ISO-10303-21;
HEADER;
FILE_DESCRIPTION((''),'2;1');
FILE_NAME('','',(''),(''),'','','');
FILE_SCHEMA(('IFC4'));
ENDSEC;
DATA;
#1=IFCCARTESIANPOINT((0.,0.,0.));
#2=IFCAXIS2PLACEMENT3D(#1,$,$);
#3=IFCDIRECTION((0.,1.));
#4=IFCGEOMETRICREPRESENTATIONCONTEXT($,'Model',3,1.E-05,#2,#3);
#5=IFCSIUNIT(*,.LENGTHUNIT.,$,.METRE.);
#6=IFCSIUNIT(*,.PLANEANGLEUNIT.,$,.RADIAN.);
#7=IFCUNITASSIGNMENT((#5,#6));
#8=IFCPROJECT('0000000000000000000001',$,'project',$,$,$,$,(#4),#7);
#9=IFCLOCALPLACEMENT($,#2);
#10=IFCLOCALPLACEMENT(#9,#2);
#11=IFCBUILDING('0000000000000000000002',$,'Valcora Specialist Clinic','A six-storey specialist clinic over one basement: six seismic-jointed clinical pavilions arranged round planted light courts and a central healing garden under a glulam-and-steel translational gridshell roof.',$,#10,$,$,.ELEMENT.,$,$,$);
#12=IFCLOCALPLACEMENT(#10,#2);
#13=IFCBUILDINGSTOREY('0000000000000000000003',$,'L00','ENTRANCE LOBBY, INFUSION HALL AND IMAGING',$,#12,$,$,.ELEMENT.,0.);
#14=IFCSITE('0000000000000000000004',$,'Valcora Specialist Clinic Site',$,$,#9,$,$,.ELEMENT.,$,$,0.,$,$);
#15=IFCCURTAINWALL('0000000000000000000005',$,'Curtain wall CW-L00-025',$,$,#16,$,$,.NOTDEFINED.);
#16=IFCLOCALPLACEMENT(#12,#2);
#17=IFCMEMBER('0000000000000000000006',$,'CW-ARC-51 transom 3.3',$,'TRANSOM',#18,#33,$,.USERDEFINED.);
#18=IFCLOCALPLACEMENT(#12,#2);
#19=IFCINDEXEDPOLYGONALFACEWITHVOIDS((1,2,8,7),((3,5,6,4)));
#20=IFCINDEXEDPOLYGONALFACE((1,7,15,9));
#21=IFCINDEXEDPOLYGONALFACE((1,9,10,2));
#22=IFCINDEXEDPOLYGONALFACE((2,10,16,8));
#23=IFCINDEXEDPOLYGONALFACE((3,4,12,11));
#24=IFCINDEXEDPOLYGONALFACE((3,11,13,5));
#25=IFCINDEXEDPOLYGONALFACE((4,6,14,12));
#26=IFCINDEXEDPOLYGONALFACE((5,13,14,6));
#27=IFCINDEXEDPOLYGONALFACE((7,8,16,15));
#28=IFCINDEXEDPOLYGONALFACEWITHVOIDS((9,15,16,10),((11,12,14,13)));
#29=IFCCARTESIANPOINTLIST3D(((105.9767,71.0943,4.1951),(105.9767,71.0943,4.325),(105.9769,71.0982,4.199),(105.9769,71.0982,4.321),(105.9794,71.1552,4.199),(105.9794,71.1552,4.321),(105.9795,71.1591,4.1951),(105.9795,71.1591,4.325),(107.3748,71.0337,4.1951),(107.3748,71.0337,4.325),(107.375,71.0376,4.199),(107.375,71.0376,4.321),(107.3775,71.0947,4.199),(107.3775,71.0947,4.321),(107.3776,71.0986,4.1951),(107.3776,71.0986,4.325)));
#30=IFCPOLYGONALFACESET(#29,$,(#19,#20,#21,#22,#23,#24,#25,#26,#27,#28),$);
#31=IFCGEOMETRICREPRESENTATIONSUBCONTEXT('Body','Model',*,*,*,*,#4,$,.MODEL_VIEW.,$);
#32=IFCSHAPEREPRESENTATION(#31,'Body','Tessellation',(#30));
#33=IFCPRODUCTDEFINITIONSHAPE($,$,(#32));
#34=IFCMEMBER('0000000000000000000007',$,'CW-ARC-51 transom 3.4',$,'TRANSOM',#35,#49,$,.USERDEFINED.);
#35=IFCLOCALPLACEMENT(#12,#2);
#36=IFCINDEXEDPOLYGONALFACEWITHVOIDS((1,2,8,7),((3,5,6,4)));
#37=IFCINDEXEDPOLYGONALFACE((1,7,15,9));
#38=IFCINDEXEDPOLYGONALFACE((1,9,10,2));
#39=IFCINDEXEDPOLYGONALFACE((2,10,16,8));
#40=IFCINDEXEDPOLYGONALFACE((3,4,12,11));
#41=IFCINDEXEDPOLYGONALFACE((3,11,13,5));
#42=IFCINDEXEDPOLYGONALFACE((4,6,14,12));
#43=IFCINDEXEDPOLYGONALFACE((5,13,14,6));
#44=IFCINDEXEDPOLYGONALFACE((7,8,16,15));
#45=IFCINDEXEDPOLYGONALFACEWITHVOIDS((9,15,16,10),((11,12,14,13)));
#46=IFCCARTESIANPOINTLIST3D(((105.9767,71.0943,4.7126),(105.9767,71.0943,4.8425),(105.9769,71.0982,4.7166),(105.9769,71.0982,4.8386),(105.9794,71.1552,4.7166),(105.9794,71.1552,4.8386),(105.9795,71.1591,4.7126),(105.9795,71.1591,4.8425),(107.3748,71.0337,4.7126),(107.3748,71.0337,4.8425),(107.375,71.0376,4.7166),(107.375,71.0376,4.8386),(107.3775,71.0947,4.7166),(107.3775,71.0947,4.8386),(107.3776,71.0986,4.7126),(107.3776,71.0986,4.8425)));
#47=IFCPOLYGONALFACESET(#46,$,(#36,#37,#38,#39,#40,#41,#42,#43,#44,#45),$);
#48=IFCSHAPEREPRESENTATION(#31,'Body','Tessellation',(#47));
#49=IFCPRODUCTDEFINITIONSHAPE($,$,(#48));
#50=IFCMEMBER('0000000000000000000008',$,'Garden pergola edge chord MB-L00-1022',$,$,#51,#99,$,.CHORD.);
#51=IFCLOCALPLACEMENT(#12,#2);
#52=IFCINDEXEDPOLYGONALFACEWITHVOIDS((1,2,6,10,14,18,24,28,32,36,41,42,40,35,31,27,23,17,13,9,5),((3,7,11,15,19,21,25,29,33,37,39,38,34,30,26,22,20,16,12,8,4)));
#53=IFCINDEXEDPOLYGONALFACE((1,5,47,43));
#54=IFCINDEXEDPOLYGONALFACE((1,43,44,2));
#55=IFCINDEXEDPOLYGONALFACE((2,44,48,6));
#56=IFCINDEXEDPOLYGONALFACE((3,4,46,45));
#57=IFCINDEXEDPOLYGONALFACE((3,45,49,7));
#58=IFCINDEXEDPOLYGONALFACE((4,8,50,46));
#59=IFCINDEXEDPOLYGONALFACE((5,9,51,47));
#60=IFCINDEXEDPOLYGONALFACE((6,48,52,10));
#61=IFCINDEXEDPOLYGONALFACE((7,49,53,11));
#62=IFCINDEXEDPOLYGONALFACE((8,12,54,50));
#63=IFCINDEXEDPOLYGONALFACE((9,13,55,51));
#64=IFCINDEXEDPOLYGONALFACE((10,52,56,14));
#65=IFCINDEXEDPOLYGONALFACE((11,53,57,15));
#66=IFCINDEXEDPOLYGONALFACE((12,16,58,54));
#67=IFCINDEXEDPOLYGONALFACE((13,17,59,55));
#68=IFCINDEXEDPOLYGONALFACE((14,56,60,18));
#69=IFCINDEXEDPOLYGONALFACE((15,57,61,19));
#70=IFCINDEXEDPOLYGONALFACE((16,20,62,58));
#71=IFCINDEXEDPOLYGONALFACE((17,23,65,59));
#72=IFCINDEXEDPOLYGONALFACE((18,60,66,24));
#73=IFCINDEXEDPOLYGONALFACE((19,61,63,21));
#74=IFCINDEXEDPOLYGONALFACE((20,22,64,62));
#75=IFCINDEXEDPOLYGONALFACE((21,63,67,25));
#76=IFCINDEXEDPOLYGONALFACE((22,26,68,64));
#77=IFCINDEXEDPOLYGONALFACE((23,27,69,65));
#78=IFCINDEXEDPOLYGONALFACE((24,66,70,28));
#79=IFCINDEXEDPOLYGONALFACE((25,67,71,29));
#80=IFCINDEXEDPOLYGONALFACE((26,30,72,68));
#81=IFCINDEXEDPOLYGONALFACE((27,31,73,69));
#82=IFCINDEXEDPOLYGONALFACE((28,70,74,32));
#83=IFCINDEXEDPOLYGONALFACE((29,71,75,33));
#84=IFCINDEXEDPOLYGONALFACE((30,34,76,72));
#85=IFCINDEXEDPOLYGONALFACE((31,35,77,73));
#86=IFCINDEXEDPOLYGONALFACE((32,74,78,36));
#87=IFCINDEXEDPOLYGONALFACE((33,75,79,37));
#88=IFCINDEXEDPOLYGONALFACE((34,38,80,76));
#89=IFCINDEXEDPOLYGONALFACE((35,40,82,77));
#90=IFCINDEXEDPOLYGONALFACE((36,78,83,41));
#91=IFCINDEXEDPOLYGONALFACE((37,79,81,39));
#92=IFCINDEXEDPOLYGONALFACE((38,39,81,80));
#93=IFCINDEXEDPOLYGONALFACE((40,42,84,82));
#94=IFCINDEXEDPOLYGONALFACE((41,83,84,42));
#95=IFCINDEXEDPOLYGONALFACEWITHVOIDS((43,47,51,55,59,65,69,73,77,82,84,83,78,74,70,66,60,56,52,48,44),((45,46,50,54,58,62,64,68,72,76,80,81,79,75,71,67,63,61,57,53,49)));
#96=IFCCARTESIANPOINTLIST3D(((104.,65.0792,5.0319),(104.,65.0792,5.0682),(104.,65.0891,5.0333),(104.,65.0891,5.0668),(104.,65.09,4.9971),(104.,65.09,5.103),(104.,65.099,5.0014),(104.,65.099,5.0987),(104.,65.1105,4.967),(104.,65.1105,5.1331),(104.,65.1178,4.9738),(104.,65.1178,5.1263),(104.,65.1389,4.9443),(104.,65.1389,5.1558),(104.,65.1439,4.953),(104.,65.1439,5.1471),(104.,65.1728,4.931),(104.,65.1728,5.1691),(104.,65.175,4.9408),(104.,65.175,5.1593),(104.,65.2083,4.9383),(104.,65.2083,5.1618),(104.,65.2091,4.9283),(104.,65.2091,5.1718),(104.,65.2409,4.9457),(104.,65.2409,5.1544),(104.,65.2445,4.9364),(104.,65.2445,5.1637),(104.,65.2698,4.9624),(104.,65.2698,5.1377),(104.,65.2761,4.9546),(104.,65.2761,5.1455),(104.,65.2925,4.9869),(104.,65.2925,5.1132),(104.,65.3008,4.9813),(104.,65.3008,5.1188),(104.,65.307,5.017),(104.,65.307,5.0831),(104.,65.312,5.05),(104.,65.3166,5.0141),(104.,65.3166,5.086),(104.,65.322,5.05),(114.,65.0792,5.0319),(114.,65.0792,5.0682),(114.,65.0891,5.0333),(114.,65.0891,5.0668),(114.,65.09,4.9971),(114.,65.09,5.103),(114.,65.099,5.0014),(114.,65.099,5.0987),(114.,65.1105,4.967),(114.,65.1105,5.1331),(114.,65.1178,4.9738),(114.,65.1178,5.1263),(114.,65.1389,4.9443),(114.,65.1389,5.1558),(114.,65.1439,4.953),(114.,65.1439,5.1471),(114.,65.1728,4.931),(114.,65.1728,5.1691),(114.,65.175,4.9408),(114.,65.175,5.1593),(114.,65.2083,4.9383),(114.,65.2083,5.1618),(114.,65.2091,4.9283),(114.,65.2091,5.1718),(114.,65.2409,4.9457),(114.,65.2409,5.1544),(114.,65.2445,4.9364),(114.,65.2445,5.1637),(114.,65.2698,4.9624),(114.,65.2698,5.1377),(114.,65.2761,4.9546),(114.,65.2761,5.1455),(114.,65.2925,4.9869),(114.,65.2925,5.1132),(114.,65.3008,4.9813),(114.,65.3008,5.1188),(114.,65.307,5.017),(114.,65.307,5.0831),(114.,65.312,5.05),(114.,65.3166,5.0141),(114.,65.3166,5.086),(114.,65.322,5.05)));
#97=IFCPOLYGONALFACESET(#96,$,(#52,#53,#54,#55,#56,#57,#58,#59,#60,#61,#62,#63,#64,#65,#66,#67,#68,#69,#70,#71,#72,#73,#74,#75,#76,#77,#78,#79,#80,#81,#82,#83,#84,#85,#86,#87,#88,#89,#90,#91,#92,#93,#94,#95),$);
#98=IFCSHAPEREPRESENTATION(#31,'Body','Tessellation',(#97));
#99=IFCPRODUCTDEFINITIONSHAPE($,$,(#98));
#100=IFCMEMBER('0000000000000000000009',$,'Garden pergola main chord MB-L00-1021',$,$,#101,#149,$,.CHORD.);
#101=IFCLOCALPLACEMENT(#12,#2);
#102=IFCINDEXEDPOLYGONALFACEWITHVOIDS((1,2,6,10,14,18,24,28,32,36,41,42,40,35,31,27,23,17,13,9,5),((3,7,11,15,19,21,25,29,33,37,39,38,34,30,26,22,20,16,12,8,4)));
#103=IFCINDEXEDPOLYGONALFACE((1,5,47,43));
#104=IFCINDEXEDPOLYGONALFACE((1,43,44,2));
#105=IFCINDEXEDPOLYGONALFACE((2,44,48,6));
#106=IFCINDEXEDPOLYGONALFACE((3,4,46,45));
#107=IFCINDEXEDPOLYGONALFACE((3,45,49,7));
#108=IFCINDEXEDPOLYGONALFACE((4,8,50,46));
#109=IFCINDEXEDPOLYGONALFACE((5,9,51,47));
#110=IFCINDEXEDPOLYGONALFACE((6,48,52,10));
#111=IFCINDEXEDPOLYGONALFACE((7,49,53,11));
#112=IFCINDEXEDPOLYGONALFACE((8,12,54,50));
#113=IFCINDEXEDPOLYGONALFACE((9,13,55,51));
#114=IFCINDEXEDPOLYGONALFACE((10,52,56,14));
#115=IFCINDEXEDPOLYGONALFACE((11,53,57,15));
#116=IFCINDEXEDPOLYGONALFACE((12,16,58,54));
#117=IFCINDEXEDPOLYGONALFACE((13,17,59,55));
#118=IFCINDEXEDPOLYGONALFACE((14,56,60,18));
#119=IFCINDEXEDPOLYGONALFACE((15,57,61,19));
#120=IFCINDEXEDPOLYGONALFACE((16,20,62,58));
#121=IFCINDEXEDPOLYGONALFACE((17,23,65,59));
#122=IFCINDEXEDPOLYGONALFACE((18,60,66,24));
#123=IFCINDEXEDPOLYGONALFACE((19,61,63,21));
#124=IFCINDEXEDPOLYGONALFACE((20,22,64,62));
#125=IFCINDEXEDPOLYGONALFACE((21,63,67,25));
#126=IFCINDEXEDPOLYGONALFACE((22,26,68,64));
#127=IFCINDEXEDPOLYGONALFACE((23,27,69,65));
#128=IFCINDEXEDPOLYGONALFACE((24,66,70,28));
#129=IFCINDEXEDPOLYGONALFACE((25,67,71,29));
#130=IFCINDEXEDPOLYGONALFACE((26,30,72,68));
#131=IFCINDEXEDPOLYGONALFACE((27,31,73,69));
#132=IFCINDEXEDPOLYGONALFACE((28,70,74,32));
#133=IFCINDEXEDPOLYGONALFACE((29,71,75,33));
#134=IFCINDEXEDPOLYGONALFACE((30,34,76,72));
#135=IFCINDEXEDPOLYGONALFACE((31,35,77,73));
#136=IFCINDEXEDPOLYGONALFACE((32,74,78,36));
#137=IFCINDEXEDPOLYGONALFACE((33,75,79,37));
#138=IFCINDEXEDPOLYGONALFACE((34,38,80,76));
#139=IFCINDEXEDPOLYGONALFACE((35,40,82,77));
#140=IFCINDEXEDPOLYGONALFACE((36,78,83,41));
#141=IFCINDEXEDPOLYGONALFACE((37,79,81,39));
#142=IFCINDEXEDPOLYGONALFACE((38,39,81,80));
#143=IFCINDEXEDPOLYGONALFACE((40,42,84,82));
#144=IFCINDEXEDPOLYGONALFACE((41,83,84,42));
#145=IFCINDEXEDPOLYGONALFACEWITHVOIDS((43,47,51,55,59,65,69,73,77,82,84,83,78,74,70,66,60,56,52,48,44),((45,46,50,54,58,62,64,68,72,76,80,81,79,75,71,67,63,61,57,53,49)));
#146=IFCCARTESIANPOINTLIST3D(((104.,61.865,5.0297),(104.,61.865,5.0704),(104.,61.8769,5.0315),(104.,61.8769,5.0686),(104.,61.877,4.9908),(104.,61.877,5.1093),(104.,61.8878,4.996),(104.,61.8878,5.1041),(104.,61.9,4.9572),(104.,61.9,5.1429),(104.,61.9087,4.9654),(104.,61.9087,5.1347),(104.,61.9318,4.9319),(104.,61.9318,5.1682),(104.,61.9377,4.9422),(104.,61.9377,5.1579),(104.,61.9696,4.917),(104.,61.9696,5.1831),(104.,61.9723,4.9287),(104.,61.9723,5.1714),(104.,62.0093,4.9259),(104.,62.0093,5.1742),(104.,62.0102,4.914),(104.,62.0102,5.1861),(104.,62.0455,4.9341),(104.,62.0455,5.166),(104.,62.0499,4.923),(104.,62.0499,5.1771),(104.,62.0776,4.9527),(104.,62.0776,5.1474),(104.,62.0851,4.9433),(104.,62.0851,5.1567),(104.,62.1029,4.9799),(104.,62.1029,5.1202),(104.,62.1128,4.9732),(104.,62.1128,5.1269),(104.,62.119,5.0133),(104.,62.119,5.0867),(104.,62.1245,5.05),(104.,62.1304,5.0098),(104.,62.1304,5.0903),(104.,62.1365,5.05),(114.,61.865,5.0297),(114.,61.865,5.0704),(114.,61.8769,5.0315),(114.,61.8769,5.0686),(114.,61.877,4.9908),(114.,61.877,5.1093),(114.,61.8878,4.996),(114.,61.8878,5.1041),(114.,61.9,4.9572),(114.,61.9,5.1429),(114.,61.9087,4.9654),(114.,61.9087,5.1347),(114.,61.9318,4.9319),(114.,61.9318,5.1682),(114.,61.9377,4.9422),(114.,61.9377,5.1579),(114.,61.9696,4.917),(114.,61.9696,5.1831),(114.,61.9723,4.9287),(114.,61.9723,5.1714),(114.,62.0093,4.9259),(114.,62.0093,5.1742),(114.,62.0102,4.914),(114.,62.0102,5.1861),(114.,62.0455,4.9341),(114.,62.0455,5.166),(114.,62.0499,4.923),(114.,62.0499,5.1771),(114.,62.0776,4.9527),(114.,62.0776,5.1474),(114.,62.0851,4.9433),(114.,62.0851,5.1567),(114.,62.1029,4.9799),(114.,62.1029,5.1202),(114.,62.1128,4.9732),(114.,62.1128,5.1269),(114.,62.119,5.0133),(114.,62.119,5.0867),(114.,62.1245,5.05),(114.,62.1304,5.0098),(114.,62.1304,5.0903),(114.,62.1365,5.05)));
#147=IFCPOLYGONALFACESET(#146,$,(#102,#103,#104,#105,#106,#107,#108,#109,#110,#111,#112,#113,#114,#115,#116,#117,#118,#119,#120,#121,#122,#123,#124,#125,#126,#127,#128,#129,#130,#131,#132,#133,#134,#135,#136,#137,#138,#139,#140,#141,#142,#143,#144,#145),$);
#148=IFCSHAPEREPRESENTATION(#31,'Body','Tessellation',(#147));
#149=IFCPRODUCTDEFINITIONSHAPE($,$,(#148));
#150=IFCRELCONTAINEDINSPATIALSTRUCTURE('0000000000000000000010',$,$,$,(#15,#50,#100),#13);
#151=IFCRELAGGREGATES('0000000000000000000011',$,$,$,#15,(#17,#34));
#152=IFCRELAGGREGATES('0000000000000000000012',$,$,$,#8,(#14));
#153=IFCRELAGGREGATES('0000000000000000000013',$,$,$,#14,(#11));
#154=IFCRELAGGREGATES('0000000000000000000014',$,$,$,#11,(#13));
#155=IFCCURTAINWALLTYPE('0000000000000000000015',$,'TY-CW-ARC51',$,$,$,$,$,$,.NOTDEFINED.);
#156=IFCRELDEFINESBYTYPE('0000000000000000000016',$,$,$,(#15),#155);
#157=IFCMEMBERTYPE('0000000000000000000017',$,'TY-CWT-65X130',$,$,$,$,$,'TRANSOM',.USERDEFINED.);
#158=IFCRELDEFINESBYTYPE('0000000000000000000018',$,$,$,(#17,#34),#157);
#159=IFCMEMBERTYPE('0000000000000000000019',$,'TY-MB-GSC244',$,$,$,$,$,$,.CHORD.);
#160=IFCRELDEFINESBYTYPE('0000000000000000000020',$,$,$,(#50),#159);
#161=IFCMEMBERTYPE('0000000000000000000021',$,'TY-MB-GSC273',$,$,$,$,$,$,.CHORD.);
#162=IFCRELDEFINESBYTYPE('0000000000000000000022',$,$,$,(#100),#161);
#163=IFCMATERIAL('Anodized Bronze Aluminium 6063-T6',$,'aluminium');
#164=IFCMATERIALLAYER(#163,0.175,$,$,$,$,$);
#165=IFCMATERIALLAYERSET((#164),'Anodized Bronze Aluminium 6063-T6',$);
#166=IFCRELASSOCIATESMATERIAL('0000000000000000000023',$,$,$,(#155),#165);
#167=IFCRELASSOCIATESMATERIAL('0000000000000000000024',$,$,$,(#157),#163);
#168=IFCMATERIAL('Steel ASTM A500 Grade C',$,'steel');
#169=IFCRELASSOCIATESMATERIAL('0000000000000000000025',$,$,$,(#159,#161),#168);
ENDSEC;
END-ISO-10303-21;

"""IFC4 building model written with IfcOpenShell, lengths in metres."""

from ifc_helpers import new_model, si_unit, direction, frame, origin, origin_2d, place, context, subcontext, project, spatial, hollow_rectangle, hollow_circle, extrude, material, layer, layer_set, material_profile, profile_set, type_object, element, aggregate, save


model = new_model("IFC4")

# Units and contexts
model_context = context("Model", 3, precision=1e-05, world=origin(), true_north=direction((0.0, 1.0)))
body_context = subcontext(model_context, "Body", "Model", "MODEL_VIEW")
ifc_project = project(units=[si_unit("LENGTHUNIT", "METRE"), si_unit("PLANEANGLEUNIT", "RADIAN")], contexts=[model_context])

# Site, building, storey
site_placement = place(None, origin())
site = spatial("IfcSite", under=ifc_project, at=site_placement, Name="Valcora Specialist Clinic Site", CompositionType="ELEMENT", RefElevation=0.0)
building_placement = place(site_placement, origin())
building = spatial("IfcBuilding", under=site, at=building_placement, Name="Valcora Specialist Clinic", Description="A six-storey specialist clinic over one basement: six seismic-jointed clinical pavilions arranged round planted light courts and a central healing garden under a glulam-and-steel translational gridshell roof.", CompositionType="ELEMENT")
storey_placement = place(building_placement, origin())
storey = spatial("IfcBuildingStorey", under=building, at=storey_placement, Name="L00", Description="ENTRANCE LOBBY, INFUSION HALL AND IMAGING", CompositionType="ELEMENT", Elevation=0.0)

# Curtain wall, members
ifc_material_1 = material(Name="Anodized Bronze Aluminium 6063-T6", Category="aluminium")
ifc_layer_1 = layer(ifc_material_1, 0.175)
ifc_layer_set_1 = layer_set([ifc_layer_1], Name="Anodized Bronze Aluminium 6063-T6")
curtain_wall_type = type_object("IfcCurtainWallType", Name="TY-CW-ARC51", PredefinedType="NOTDEFINED", material=ifc_layer_set_1)
curtain_wall_placement = place(storey_placement, origin())
curtain_wall = element("IfcCurtainWall", 1, at=curtain_wall_placement, inside=storey, type_object=curtain_wall_type, Name="Curtain wall CW-L00-025", PredefinedType="NOTDEFINED")
ifc_material_profile_1 = material_profile(ifc_material_1, hollow_rectangle(XDim=0.0649, YDim=0.1299, WallThickness=0.0039, at=origin_2d()), Name="AL-TRN-65X130")
ifc_profile_set_1 = profile_set([ifc_material_profile_1], Name="Anodized Bronze Aluminium 6063-T6")
member_type_1 = type_object("IfcMemberType", Name="TY-CWT-65X130", ElementType="TRANSOM", PredefinedType="USERDEFINED", material=ifc_profile_set_1)
member_1_placement = place(storey_placement, frame((107.3762, 71.0662, 4.26), z_axis=(-0.999064, 0.043263, 0.0), x_axis=(-0.043263, -0.999064, 0.0)))
member_1 = element("IfcMember", 2, at=member_1_placement, type_object=member_type_1, Name="CW-ARC-51 transom 3.3", ObjectType="TRANSOM", PredefinedType="USERDEFINED", context=body_context, shape_type="SweptSolid", body=[
    extrude(hollow_rectangle(XDim=0.0649, YDim=0.1299, WallThickness=0.0039, at=origin_2d()), origin(), (0.0, 0.0, 1.0), 1.3994),
])
member_2_placement = place(storey_placement, frame((107.3762, 71.0662, 4.7776), z_axis=(-0.999064, 0.043263, 0.0), x_axis=(-0.043263, -0.999064, 0.0)))
member_2 = element("IfcMember", 3, at=member_2_placement, type_object=member_type_1, Name="CW-ARC-51 transom 3.4", ObjectType="TRANSOM", PredefinedType="USERDEFINED", context=body_context, shape_type="SweptSolid", body=[
    extrude(hollow_rectangle(XDim=0.0649, YDim=0.1299, WallThickness=0.0039, at=origin_2d()), origin(), (0.0, 0.0, 1.0), 1.3994),
])

# Members
ifc_material_2 = material(Name="Steel ASTM A500 Grade C", Category="steel")
ifc_material_profile_2 = material_profile(ifc_material_2, hollow_circle(Radius=0.1221, WallThickness=0.01, at=origin_2d()), Name="ST-CHS-244X10")
ifc_profile_set_2 = profile_set([ifc_material_profile_2], Name="Steel ASTM A500 Grade C")
member_type_2 = type_object("IfcMemberType", Name="TY-MB-GSC244", PredefinedType="CHORD", material=ifc_profile_set_2)
member_3_placement = place(storey_placement, frame((104.0, 65.2, 5.05), z_axis=(1.0, 0.0, 0.0), x_axis=(0.0, 1.0, 0.0)))
element("IfcMember", 4, at=member_3_placement, inside=storey, type_object=member_type_2, Name="Garden pergola edge chord MB-L00-1022", PredefinedType="CHORD", context=body_context, shape_type="SweptSolid", body=[
    extrude(hollow_circle(Radius=0.1221, WallThickness=0.01, at=origin_2d()), origin(), (0.0, 0.0, 1.0), 10.0),
])
ifc_material_profile_3 = material_profile(ifc_material_2, hollow_circle(Radius=0.1365, WallThickness=0.012, at=origin_2d()), Name="ST-CHS-273X12")
ifc_profile_set_3 = profile_set([ifc_material_profile_3], Name="Steel ASTM A500 Grade C")
member_type_3 = type_object("IfcMemberType", Name="TY-MB-GSC273", PredefinedType="CHORD", material=ifc_profile_set_3)
member_4_placement = place(storey_placement, frame((104.0, 62.0, 5.05), z_axis=(1.0, 0.0, 0.0), x_axis=(0.0, 1.0, 0.0)))
element("IfcMember", 5, at=member_4_placement, inside=storey, type_object=member_type_3, Name="Garden pergola main chord MB-L00-1021", PredefinedType="CHORD", context=body_context, shape_type="SweptSolid", body=[
    extrude(hollow_circle(Radius=0.1365, WallThickness=0.012, at=origin_2d()), origin(), (0.0, 0.0, 1.0), 10.0),
])

aggregate(curtain_wall, [member_1, member_2])

save(model, "model.ifc")
